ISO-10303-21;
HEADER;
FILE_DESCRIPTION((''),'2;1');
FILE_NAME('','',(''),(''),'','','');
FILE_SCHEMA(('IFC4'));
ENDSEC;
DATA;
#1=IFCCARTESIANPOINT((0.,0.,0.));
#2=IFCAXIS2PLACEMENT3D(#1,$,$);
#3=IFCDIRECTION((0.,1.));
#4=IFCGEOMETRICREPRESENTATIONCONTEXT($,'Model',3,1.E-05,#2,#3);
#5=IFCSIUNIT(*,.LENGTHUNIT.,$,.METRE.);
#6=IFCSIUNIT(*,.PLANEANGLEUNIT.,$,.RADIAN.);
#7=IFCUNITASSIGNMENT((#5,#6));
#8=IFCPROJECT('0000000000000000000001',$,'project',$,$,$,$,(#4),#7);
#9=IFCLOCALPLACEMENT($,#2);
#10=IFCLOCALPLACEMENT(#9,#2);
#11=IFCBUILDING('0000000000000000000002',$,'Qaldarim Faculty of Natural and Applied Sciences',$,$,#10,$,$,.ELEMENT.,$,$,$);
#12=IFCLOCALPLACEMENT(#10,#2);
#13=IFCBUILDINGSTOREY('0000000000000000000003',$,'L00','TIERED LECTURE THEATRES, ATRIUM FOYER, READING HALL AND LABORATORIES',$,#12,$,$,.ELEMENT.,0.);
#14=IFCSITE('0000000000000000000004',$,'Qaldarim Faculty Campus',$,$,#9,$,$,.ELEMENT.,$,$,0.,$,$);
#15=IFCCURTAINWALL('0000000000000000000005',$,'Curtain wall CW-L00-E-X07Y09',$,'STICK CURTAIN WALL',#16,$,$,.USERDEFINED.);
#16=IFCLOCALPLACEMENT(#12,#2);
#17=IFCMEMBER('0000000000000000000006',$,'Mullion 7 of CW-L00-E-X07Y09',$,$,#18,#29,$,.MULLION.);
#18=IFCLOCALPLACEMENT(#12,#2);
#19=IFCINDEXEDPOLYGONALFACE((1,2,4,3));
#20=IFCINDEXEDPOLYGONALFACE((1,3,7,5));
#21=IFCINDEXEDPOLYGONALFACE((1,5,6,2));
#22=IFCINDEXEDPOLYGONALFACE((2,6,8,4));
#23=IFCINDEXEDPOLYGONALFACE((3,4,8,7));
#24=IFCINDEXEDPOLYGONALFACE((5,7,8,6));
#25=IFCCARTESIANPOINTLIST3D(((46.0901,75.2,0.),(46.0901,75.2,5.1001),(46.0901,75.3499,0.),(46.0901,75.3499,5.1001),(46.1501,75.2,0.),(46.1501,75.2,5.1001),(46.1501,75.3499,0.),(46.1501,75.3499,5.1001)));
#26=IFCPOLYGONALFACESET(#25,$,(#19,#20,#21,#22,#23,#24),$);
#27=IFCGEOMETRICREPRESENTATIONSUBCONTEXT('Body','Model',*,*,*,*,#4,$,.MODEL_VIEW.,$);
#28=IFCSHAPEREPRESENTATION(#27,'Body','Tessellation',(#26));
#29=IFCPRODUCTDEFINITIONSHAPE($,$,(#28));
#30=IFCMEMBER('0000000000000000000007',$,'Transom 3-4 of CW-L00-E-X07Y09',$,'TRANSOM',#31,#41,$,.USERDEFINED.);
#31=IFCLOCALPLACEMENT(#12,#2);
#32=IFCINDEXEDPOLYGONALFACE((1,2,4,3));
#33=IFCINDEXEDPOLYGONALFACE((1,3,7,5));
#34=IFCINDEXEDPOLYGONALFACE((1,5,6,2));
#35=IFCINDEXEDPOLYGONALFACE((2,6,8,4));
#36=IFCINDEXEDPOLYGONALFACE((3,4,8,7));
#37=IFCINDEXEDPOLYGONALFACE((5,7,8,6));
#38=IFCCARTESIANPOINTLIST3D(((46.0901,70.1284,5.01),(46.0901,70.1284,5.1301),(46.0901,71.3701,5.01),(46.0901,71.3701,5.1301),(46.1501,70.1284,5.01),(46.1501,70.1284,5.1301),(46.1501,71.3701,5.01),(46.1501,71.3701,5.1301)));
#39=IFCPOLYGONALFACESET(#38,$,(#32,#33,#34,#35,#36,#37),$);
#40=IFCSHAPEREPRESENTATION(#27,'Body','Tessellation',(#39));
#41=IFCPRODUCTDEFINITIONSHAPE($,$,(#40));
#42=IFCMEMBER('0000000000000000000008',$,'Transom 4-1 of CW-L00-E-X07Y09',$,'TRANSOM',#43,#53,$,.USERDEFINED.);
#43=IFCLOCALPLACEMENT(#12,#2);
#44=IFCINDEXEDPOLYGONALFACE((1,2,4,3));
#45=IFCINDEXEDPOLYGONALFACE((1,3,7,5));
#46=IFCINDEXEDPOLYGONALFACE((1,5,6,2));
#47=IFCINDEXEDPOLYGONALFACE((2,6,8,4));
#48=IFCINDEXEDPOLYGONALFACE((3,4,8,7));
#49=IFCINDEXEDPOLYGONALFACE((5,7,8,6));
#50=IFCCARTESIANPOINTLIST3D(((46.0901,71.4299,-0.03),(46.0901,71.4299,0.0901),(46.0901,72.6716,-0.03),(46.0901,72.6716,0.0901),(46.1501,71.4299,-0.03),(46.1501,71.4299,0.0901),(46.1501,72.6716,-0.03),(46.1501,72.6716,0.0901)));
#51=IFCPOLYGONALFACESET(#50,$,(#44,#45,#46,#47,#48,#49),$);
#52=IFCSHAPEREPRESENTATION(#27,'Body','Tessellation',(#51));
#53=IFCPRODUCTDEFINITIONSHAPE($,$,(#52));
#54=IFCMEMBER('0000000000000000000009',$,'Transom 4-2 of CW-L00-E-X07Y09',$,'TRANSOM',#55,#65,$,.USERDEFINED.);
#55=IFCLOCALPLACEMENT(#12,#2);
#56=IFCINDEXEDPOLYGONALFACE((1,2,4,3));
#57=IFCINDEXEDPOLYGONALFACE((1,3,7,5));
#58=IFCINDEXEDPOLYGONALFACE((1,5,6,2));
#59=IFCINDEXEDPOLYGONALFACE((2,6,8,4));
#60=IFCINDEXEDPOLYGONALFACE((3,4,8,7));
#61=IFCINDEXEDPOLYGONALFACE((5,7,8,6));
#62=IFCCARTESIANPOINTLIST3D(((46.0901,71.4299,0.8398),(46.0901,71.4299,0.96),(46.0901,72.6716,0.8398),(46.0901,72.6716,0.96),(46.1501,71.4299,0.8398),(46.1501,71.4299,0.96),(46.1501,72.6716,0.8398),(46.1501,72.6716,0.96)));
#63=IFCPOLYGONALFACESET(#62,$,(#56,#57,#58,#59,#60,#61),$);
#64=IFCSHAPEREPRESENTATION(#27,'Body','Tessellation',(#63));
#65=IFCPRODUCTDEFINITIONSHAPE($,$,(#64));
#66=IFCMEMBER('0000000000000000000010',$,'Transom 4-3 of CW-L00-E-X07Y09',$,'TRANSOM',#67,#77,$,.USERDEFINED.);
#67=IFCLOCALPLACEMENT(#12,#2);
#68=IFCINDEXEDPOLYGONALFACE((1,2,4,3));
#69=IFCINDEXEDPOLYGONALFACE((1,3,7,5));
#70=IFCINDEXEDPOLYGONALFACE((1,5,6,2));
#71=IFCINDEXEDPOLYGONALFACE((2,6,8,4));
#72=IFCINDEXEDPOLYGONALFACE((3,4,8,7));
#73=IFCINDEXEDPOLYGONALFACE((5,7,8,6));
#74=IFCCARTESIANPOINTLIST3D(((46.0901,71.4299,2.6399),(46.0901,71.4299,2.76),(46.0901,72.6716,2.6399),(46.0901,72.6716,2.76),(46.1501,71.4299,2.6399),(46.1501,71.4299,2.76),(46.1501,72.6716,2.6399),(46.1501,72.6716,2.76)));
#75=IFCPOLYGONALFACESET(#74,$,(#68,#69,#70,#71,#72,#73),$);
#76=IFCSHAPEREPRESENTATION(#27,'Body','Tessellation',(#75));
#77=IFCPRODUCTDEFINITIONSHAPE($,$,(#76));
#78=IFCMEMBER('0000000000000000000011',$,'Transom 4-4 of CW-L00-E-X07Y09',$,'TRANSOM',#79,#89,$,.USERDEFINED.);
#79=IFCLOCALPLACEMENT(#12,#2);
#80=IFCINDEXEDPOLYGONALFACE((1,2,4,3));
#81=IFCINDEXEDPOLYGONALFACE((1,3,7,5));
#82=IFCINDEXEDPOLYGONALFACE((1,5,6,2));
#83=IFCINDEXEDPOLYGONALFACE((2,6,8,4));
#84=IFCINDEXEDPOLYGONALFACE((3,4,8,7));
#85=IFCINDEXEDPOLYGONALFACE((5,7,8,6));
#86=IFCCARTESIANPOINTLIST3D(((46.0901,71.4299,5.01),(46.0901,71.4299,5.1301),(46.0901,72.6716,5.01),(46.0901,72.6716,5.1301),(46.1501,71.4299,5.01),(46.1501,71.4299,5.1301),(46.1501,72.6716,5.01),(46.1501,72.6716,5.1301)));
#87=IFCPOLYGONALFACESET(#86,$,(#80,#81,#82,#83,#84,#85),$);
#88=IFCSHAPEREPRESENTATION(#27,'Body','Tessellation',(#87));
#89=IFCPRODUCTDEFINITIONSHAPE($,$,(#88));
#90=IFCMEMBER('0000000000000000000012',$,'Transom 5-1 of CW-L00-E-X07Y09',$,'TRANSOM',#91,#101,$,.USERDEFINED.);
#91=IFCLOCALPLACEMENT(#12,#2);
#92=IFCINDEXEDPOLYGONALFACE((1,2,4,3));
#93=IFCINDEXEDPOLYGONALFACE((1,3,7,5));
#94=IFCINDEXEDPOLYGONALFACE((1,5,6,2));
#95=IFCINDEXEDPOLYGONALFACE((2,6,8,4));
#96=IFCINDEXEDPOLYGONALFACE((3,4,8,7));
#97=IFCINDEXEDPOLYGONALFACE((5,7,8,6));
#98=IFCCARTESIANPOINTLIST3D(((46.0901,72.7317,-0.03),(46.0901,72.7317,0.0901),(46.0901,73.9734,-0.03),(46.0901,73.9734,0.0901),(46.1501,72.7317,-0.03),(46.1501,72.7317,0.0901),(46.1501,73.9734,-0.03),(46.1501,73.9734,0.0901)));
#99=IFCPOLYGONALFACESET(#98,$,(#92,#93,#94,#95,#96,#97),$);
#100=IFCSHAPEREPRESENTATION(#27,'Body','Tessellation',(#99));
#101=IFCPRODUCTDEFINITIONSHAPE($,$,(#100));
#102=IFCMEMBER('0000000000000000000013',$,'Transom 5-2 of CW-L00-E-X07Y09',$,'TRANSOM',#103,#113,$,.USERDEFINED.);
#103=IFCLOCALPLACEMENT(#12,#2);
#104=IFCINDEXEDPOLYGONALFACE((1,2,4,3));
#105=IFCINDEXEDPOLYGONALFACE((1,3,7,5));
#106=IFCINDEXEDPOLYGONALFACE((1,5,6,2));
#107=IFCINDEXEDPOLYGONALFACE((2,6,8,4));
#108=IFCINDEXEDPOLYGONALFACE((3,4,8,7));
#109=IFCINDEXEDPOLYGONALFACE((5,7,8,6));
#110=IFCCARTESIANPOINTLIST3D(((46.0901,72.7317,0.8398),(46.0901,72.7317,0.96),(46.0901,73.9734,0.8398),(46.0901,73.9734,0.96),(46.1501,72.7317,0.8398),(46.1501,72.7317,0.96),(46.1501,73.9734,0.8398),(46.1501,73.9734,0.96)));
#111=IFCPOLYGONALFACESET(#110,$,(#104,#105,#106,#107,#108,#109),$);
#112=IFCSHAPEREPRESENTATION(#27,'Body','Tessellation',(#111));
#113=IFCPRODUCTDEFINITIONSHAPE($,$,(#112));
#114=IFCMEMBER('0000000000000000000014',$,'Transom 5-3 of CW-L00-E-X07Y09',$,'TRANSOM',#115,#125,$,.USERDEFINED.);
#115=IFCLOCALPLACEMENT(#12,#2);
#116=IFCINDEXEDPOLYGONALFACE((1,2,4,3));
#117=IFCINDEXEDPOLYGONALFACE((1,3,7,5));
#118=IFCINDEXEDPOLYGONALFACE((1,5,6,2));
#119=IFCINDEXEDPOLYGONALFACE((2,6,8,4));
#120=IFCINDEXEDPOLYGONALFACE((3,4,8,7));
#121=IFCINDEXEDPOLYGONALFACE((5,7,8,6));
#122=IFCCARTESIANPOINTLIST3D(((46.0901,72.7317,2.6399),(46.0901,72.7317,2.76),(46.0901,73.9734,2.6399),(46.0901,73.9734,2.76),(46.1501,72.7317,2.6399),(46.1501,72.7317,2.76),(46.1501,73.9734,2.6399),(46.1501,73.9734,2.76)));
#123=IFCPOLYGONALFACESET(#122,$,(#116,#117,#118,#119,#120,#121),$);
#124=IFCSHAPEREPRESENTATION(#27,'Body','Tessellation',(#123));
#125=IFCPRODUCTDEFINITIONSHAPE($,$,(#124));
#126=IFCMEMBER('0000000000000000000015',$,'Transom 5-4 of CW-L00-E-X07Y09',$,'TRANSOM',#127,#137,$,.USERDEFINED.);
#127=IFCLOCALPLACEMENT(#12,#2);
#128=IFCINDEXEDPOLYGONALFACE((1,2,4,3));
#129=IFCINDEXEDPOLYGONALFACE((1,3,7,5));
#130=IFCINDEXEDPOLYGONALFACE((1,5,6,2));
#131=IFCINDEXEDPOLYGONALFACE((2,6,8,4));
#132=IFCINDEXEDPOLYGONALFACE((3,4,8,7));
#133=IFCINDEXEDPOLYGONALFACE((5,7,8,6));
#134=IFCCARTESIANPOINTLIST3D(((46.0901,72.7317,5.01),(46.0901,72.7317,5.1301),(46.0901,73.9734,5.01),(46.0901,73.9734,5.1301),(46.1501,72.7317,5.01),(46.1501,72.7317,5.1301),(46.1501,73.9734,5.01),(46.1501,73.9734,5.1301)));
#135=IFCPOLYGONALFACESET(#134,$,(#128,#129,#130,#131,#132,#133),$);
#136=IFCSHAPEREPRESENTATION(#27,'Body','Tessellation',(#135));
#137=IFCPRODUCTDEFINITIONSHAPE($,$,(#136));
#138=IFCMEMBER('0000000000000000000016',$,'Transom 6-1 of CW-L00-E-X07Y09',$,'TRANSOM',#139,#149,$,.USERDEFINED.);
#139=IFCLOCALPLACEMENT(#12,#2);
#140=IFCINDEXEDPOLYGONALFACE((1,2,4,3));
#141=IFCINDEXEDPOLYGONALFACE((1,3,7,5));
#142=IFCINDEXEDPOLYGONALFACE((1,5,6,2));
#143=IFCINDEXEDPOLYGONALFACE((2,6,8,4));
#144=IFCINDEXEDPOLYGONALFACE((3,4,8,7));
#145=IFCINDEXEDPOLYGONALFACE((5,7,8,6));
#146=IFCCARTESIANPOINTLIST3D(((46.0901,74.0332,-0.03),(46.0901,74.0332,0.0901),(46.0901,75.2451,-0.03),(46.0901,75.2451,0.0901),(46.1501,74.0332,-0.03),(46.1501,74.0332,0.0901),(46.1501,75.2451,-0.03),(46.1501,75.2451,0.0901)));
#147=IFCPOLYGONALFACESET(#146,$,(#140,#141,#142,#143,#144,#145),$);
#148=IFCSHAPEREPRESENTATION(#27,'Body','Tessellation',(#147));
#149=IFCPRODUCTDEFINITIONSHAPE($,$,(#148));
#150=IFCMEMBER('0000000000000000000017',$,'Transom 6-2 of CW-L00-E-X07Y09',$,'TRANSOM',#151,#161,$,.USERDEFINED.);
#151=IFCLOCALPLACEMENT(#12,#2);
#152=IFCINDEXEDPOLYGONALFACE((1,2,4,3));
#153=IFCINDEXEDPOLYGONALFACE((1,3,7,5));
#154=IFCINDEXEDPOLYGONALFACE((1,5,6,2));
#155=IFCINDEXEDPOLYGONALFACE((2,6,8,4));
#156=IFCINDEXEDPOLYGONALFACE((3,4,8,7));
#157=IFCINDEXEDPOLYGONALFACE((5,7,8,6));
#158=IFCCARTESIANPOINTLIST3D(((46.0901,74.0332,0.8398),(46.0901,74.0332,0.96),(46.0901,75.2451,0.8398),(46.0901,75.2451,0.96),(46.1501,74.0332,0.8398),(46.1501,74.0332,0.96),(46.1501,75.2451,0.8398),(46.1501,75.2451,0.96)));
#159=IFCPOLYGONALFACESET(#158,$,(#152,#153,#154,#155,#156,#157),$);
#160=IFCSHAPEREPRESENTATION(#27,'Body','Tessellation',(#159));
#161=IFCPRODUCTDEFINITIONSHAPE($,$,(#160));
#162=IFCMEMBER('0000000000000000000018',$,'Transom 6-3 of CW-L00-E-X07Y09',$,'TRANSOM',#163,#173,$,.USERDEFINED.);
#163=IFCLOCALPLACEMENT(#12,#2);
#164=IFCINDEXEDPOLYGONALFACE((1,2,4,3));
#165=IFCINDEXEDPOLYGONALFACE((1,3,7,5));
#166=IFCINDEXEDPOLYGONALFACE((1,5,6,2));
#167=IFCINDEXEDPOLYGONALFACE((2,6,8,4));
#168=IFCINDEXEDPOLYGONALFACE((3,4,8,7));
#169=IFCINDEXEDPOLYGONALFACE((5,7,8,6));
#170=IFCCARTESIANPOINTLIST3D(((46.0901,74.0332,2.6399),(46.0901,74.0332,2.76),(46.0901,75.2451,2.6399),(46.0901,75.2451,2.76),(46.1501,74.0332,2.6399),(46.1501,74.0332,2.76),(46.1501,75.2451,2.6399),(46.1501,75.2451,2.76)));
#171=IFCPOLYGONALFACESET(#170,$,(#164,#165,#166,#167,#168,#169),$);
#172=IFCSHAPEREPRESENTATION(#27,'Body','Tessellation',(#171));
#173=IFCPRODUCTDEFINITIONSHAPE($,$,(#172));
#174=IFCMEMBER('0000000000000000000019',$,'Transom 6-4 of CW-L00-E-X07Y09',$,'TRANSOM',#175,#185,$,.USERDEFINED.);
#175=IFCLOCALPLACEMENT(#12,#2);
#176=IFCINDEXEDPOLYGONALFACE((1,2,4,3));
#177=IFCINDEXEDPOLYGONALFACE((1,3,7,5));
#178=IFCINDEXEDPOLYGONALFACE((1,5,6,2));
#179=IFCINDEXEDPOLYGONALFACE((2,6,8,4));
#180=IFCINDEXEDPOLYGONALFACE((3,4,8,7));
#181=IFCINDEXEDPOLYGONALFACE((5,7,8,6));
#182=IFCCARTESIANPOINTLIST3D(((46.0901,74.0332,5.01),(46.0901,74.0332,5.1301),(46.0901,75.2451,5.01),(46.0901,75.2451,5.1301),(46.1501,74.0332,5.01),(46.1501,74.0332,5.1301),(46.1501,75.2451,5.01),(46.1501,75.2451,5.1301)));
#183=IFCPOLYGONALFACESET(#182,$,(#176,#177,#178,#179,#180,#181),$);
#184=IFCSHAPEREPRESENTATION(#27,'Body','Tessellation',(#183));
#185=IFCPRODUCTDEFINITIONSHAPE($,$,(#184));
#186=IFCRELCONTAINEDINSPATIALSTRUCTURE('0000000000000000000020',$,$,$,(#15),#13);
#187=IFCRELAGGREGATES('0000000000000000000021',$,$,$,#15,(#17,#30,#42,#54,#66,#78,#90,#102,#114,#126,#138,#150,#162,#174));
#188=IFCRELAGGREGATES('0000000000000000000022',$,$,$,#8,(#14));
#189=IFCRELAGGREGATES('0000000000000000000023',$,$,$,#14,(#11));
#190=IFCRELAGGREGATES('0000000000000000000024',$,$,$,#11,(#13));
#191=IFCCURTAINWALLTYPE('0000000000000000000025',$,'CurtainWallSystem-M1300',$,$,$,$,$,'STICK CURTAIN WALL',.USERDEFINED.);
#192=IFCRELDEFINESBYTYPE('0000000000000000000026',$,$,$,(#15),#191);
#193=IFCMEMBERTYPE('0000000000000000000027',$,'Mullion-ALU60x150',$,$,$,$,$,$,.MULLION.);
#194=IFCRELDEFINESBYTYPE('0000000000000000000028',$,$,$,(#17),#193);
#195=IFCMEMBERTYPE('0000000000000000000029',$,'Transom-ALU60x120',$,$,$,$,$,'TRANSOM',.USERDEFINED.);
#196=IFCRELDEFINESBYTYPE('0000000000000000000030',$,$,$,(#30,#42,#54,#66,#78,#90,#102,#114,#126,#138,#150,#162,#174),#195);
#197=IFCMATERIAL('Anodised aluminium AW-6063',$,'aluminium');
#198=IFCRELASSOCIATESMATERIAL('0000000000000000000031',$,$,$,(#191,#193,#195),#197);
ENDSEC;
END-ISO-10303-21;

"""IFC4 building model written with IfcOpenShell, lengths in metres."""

from ifc_helpers import new_model, si_unit, direction, frame, origin, origin_2d, place, context, subcontext, project, spatial, rectangle, extrude, material, material_profile, profile_set, type_object, element, aggregate, save


model = new_model("IFC4")

# Units and contexts
model_context = context("Model", 3, precision=1e-05, world=origin(), true_north=direction((0.0, 1.0)))
body_context = subcontext(model_context, "Body", "Model", "MODEL_VIEW")
ifc_project = project(units=[si_unit("LENGTHUNIT", "METRE"), si_unit("PLANEANGLEUNIT", "RADIAN")], contexts=[model_context])

# Site, building, storey
site_placement = place(None, origin())
site = spatial("IfcSite", under=ifc_project, at=site_placement, Name="Qaldarim Faculty Campus", CompositionType="ELEMENT", RefElevation=0.0)
building_placement = place(site_placement, origin())
building = spatial("IfcBuilding", under=site, at=building_placement, Name="Qaldarim Faculty of Natural and Applied Sciences", CompositionType="ELEMENT")
storey_placement = place(building_placement, origin())
storey = spatial("IfcBuildingStorey", under=building, at=storey_placement, Name="L00", Description="TIERED LECTURE THEATRES, ATRIUM FOYER, READING HALL AND LABORATORIES", CompositionType="ELEMENT", Elevation=0.0)

# Curtain wall, members
ifc_material_1 = material(Name="Anodised aluminium AW-6063", Category="aluminium")
curtain_wall_type = type_object("IfcCurtainWallType", Name="CurtainWallSystem-M1300", ElementType="STICK CURTAIN WALL", PredefinedType="USERDEFINED", material=ifc_material_1)
curtain_wall_placement = place(storey_placement, origin())
curtain_wall = element("IfcCurtainWall", 1, at=curtain_wall_placement, inside=storey, type_object=curtain_wall_type, Name="Curtain wall CW-L00-E-X07Y09", ObjectType="STICK CURTAIN WALL", PredefinedType="USERDEFINED")
ifc_material_profile_1 = material_profile(ifc_material_1, rectangle(XDim=0.0601, YDim=0.1499, at=origin_2d()), Name="ALU-M60x150")
ifc_profile_set_1 = profile_set([ifc_material_profile_1], Name="Anodised aluminium AW-6063")
member_type_1 = type_object("IfcMemberType", Name="Mullion-ALU60x150", PredefinedType="MULLION", material=ifc_profile_set_1)
member_1_placement = place(storey_placement, frame((46.1201, 75.2749, 0.0), z_axis=(0.0, 0.0, 1.0), x_axis=(-1.0, 0.0, 0.0)))
member_1 = element("IfcMember", 2, at=member_1_placement, type_object=member_type_1, Name="Mullion 7 of CW-L00-E-X07Y09", PredefinedType="MULLION", context=body_context, shape_type="SweptSolid", body=[
    extrude(rectangle(XDim=0.0601, YDim=0.1499, at=origin_2d()), origin(), (0.0, 0.0, 1.0), 5.1001),
])
ifc_material_profile_2 = material_profile(ifc_material_1, rectangle(XDim=0.0601, YDim=0.1201, at=origin_2d()), Name="ALU-T60x120")
ifc_profile_set_2 = profile_set([ifc_material_profile_2], Name="Anodised aluminium AW-6063")
member_type_2 = type_object("IfcMemberType", Name="Transom-ALU60x120", ElementType="TRANSOM", PredefinedType="USERDEFINED", material=ifc_profile_set_2)
member_2_placement = place(storey_placement, frame((46.1201, 70.1284, 5.0701), z_axis=(0.0, 1.0, 0.0), x_axis=(-1.0, 0.0, 0.0)))
member_2 = element("IfcMember", 3, at=member_2_placement, type_object=member_type_2, Name="Transom 3-4 of CW-L00-E-X07Y09", ObjectType="TRANSOM", PredefinedType="USERDEFINED", context=body_context, shape_type="SweptSolid", body=[
    extrude(rectangle(XDim=0.0601, YDim=0.1201, at=origin_2d()), origin(), (0.0, 0.0, 1.0), 1.2417),
])
member_3_placement = place(storey_placement, frame((46.1201, 71.4299, 0.03), z_axis=(0.0, 1.0, 0.0), x_axis=(-1.0, 0.0, 0.0)))
member_3 = element("IfcMember", 4, at=member_3_placement, type_object=member_type_2, Name="Transom 4-1 of CW-L00-E-X07Y09", ObjectType="TRANSOM", PredefinedType="USERDEFINED", context=body_context, shape_type="SweptSolid", body=[
    extrude(rectangle(XDim=0.0601, YDim=0.1201, at=origin_2d()), origin(), (0.0, 0.0, 1.0), 1.2417),
])
member_4_placement = place(storey_placement, frame((46.1201, 71.4299, 0.8999), z_axis=(0.0, 1.0, 0.0), x_axis=(-1.0, 0.0, 0.0)))
member_4 = element("IfcMember", 5, at=member_4_placement, type_object=member_type_2, Name="Transom 4-2 of CW-L00-E-X07Y09", ObjectType="TRANSOM", PredefinedType="USERDEFINED", context=body_context, shape_type="SweptSolid", body=[
    extrude(rectangle(XDim=0.0601, YDim=0.1201, at=origin_2d()), origin(), (0.0, 0.0, 1.0), 1.2417),
])
member_5_placement = place(storey_placement, frame((46.1201, 71.4299, 2.7), z_axis=(0.0, 1.0, 0.0), x_axis=(-1.0, 0.0, 0.0)))
member_5 = element("IfcMember", 6, at=member_5_placement, type_object=member_type_2, Name="Transom 4-3 of CW-L00-E-X07Y09", ObjectType="TRANSOM", PredefinedType="USERDEFINED", context=body_context, shape_type="SweptSolid", body=[
    extrude(rectangle(XDim=0.0601, YDim=0.1201, at=origin_2d()), origin(), (0.0, 0.0, 1.0), 1.2417),
])
member_6_placement = place(storey_placement, frame((46.1201, 71.4299, 5.0701), z_axis=(0.0, 1.0, 0.0), x_axis=(-1.0, 0.0, 0.0)))
member_6 = element("IfcMember", 7, at=member_6_placement, type_object=member_type_2, Name="Transom 4-4 of CW-L00-E-X07Y09", ObjectType="TRANSOM", PredefinedType="USERDEFINED", context=body_context, shape_type="SweptSolid", body=[
    extrude(rectangle(XDim=0.0601, YDim=0.1201, at=origin_2d()), origin(), (0.0, 0.0, 1.0), 1.2417),
])
member_7_placement = place(storey_placement, frame((46.1201, 72.7317, 0.03), z_axis=(0.0, 1.0, 0.0), x_axis=(-1.0, 0.0, 0.0)))
member_7 = element("IfcMember", 8, at=member_7_placement, type_object=member_type_2, Name="Transom 5-1 of CW-L00-E-X07Y09", ObjectType="TRANSOM", PredefinedType="USERDEFINED", context=body_context, shape_type="SweptSolid", body=[
    extrude(rectangle(XDim=0.0601, YDim=0.1201, at=origin_2d()), origin(), (0.0, 0.0, 1.0), 1.2417),
])
member_8_placement = place(storey_placement, frame((46.1201, 72.7317, 0.8999), z_axis=(0.0, 1.0, 0.0), x_axis=(-1.0, 0.0, 0.0)))
member_8 = element("IfcMember", 9, at=member_8_placement, type_object=member_type_2, Name="Transom 5-2 of CW-L00-E-X07Y09", ObjectType="TRANSOM", PredefinedType="USERDEFINED", context=body_context, shape_type="SweptSolid", body=[
    extrude(rectangle(XDim=0.0601, YDim=0.1201, at=origin_2d()), origin(), (0.0, 0.0, 1.0), 1.2417),
])
member_9_placement = place(storey_placement, frame((46.1201, 72.7317, 2.7), z_axis=(0.0, 1.0, 0.0), x_axis=(-1.0, 0.0, 0.0)))
member_9 = element("IfcMember", 10, at=member_9_placement, type_object=member_type_2, Name="Transom 5-3 of CW-L00-E-X07Y09", ObjectType="TRANSOM", PredefinedType="USERDEFINED", context=body_context, shape_type="SweptSolid", body=[
    extrude(rectangle(XDim=0.0601, YDim=0.1201, at=origin_2d()), origin(), (0.0, 0.0, 1.0), 1.2417),
])
member_10_placement = place(storey_placement, frame((46.1201, 72.7317, 5.0701), z_axis=(0.0, 1.0, 0.0), x_axis=(-1.0, 0.0, 0.0)))
member_10 = element("IfcMember", 11, at=member_10_placement, type_object=member_type_2, Name="Transom 5-4 of CW-L00-E-X07Y09", ObjectType="TRANSOM", PredefinedType="USERDEFINED", context=body_context, shape_type="SweptSolid", body=[
    extrude(rectangle(XDim=0.0601, YDim=0.1201, at=origin_2d()), origin(), (0.0, 0.0, 1.0), 1.2417),
])
member_11_placement = place(storey_placement, frame((46.1201, 74.0332, 0.03), z_axis=(0.0, 1.0, 0.0), x_axis=(-1.0, 0.0, 0.0)))
member_11 = element("IfcMember", 12, at=member_11_placement, type_object=member_type_2, Name="Transom 6-1 of CW-L00-E-X07Y09", ObjectType="TRANSOM", PredefinedType="USERDEFINED", context=body_context, shape_type="SweptSolid", body=[
    extrude(rectangle(XDim=0.0601, YDim=0.1201, at=origin_2d()), origin(), (0.0, 0.0, 1.0), 1.2119),
])
member_12_placement = place(storey_placement, frame((46.1201, 74.0332, 0.8999), z_axis=(0.0, 1.0, 0.0), x_axis=(-1.0, 0.0, 0.0)))
member_12 = element("IfcMember", 13, at=member_12_placement, type_object=member_type_2, Name="Transom 6-2 of CW-L00-E-X07Y09", ObjectType="TRANSOM", PredefinedType="USERDEFINED", context=body_context, shape_type="SweptSolid", body=[
    extrude(rectangle(XDim=0.0601, YDim=0.1201, at=origin_2d()), origin(), (0.0, 0.0, 1.0), 1.2119),
])
member_13_placement = place(storey_placement, frame((46.1201, 74.0332, 2.7), z_axis=(0.0, 1.0, 0.0), x_axis=(-1.0, 0.0, 0.0)))
member_13 = element("IfcMember", 14, at=member_13_placement, type_object=member_type_2, Name="Transom 6-3 of CW-L00-E-X07Y09", ObjectType="TRANSOM", PredefinedType="USERDEFINED", context=body_context, shape_type="SweptSolid", body=[
    extrude(rectangle(XDim=0.0601, YDim=0.1201, at=origin_2d()), origin(), (0.0, 0.0, 1.0), 1.2119),
])
member_14_placement = place(storey_placement, frame((46.1201, 74.0332, 5.0701), z_axis=(0.0, 1.0, 0.0), x_axis=(-1.0, 0.0, 0.0)))
member_14 = element("IfcMember", 15, at=member_14_placement, type_object=member_type_2, Name="Transom 6-4 of CW-L00-E-X07Y09", ObjectType="TRANSOM", PredefinedType="USERDEFINED", context=body_context, shape_type="SweptSolid", body=[
    extrude(rectangle(XDim=0.0601, YDim=0.1201, at=origin_2d()), origin(), (0.0, 0.0, 1.0), 1.2119),
])
aggregate(curtain_wall, [member_1, member_2, member_3, member_4, member_5, member_6, member_7, member_8, member_9, member_10, member_11, member_12, member_13, member_14])

save(model, "model.ifc")
